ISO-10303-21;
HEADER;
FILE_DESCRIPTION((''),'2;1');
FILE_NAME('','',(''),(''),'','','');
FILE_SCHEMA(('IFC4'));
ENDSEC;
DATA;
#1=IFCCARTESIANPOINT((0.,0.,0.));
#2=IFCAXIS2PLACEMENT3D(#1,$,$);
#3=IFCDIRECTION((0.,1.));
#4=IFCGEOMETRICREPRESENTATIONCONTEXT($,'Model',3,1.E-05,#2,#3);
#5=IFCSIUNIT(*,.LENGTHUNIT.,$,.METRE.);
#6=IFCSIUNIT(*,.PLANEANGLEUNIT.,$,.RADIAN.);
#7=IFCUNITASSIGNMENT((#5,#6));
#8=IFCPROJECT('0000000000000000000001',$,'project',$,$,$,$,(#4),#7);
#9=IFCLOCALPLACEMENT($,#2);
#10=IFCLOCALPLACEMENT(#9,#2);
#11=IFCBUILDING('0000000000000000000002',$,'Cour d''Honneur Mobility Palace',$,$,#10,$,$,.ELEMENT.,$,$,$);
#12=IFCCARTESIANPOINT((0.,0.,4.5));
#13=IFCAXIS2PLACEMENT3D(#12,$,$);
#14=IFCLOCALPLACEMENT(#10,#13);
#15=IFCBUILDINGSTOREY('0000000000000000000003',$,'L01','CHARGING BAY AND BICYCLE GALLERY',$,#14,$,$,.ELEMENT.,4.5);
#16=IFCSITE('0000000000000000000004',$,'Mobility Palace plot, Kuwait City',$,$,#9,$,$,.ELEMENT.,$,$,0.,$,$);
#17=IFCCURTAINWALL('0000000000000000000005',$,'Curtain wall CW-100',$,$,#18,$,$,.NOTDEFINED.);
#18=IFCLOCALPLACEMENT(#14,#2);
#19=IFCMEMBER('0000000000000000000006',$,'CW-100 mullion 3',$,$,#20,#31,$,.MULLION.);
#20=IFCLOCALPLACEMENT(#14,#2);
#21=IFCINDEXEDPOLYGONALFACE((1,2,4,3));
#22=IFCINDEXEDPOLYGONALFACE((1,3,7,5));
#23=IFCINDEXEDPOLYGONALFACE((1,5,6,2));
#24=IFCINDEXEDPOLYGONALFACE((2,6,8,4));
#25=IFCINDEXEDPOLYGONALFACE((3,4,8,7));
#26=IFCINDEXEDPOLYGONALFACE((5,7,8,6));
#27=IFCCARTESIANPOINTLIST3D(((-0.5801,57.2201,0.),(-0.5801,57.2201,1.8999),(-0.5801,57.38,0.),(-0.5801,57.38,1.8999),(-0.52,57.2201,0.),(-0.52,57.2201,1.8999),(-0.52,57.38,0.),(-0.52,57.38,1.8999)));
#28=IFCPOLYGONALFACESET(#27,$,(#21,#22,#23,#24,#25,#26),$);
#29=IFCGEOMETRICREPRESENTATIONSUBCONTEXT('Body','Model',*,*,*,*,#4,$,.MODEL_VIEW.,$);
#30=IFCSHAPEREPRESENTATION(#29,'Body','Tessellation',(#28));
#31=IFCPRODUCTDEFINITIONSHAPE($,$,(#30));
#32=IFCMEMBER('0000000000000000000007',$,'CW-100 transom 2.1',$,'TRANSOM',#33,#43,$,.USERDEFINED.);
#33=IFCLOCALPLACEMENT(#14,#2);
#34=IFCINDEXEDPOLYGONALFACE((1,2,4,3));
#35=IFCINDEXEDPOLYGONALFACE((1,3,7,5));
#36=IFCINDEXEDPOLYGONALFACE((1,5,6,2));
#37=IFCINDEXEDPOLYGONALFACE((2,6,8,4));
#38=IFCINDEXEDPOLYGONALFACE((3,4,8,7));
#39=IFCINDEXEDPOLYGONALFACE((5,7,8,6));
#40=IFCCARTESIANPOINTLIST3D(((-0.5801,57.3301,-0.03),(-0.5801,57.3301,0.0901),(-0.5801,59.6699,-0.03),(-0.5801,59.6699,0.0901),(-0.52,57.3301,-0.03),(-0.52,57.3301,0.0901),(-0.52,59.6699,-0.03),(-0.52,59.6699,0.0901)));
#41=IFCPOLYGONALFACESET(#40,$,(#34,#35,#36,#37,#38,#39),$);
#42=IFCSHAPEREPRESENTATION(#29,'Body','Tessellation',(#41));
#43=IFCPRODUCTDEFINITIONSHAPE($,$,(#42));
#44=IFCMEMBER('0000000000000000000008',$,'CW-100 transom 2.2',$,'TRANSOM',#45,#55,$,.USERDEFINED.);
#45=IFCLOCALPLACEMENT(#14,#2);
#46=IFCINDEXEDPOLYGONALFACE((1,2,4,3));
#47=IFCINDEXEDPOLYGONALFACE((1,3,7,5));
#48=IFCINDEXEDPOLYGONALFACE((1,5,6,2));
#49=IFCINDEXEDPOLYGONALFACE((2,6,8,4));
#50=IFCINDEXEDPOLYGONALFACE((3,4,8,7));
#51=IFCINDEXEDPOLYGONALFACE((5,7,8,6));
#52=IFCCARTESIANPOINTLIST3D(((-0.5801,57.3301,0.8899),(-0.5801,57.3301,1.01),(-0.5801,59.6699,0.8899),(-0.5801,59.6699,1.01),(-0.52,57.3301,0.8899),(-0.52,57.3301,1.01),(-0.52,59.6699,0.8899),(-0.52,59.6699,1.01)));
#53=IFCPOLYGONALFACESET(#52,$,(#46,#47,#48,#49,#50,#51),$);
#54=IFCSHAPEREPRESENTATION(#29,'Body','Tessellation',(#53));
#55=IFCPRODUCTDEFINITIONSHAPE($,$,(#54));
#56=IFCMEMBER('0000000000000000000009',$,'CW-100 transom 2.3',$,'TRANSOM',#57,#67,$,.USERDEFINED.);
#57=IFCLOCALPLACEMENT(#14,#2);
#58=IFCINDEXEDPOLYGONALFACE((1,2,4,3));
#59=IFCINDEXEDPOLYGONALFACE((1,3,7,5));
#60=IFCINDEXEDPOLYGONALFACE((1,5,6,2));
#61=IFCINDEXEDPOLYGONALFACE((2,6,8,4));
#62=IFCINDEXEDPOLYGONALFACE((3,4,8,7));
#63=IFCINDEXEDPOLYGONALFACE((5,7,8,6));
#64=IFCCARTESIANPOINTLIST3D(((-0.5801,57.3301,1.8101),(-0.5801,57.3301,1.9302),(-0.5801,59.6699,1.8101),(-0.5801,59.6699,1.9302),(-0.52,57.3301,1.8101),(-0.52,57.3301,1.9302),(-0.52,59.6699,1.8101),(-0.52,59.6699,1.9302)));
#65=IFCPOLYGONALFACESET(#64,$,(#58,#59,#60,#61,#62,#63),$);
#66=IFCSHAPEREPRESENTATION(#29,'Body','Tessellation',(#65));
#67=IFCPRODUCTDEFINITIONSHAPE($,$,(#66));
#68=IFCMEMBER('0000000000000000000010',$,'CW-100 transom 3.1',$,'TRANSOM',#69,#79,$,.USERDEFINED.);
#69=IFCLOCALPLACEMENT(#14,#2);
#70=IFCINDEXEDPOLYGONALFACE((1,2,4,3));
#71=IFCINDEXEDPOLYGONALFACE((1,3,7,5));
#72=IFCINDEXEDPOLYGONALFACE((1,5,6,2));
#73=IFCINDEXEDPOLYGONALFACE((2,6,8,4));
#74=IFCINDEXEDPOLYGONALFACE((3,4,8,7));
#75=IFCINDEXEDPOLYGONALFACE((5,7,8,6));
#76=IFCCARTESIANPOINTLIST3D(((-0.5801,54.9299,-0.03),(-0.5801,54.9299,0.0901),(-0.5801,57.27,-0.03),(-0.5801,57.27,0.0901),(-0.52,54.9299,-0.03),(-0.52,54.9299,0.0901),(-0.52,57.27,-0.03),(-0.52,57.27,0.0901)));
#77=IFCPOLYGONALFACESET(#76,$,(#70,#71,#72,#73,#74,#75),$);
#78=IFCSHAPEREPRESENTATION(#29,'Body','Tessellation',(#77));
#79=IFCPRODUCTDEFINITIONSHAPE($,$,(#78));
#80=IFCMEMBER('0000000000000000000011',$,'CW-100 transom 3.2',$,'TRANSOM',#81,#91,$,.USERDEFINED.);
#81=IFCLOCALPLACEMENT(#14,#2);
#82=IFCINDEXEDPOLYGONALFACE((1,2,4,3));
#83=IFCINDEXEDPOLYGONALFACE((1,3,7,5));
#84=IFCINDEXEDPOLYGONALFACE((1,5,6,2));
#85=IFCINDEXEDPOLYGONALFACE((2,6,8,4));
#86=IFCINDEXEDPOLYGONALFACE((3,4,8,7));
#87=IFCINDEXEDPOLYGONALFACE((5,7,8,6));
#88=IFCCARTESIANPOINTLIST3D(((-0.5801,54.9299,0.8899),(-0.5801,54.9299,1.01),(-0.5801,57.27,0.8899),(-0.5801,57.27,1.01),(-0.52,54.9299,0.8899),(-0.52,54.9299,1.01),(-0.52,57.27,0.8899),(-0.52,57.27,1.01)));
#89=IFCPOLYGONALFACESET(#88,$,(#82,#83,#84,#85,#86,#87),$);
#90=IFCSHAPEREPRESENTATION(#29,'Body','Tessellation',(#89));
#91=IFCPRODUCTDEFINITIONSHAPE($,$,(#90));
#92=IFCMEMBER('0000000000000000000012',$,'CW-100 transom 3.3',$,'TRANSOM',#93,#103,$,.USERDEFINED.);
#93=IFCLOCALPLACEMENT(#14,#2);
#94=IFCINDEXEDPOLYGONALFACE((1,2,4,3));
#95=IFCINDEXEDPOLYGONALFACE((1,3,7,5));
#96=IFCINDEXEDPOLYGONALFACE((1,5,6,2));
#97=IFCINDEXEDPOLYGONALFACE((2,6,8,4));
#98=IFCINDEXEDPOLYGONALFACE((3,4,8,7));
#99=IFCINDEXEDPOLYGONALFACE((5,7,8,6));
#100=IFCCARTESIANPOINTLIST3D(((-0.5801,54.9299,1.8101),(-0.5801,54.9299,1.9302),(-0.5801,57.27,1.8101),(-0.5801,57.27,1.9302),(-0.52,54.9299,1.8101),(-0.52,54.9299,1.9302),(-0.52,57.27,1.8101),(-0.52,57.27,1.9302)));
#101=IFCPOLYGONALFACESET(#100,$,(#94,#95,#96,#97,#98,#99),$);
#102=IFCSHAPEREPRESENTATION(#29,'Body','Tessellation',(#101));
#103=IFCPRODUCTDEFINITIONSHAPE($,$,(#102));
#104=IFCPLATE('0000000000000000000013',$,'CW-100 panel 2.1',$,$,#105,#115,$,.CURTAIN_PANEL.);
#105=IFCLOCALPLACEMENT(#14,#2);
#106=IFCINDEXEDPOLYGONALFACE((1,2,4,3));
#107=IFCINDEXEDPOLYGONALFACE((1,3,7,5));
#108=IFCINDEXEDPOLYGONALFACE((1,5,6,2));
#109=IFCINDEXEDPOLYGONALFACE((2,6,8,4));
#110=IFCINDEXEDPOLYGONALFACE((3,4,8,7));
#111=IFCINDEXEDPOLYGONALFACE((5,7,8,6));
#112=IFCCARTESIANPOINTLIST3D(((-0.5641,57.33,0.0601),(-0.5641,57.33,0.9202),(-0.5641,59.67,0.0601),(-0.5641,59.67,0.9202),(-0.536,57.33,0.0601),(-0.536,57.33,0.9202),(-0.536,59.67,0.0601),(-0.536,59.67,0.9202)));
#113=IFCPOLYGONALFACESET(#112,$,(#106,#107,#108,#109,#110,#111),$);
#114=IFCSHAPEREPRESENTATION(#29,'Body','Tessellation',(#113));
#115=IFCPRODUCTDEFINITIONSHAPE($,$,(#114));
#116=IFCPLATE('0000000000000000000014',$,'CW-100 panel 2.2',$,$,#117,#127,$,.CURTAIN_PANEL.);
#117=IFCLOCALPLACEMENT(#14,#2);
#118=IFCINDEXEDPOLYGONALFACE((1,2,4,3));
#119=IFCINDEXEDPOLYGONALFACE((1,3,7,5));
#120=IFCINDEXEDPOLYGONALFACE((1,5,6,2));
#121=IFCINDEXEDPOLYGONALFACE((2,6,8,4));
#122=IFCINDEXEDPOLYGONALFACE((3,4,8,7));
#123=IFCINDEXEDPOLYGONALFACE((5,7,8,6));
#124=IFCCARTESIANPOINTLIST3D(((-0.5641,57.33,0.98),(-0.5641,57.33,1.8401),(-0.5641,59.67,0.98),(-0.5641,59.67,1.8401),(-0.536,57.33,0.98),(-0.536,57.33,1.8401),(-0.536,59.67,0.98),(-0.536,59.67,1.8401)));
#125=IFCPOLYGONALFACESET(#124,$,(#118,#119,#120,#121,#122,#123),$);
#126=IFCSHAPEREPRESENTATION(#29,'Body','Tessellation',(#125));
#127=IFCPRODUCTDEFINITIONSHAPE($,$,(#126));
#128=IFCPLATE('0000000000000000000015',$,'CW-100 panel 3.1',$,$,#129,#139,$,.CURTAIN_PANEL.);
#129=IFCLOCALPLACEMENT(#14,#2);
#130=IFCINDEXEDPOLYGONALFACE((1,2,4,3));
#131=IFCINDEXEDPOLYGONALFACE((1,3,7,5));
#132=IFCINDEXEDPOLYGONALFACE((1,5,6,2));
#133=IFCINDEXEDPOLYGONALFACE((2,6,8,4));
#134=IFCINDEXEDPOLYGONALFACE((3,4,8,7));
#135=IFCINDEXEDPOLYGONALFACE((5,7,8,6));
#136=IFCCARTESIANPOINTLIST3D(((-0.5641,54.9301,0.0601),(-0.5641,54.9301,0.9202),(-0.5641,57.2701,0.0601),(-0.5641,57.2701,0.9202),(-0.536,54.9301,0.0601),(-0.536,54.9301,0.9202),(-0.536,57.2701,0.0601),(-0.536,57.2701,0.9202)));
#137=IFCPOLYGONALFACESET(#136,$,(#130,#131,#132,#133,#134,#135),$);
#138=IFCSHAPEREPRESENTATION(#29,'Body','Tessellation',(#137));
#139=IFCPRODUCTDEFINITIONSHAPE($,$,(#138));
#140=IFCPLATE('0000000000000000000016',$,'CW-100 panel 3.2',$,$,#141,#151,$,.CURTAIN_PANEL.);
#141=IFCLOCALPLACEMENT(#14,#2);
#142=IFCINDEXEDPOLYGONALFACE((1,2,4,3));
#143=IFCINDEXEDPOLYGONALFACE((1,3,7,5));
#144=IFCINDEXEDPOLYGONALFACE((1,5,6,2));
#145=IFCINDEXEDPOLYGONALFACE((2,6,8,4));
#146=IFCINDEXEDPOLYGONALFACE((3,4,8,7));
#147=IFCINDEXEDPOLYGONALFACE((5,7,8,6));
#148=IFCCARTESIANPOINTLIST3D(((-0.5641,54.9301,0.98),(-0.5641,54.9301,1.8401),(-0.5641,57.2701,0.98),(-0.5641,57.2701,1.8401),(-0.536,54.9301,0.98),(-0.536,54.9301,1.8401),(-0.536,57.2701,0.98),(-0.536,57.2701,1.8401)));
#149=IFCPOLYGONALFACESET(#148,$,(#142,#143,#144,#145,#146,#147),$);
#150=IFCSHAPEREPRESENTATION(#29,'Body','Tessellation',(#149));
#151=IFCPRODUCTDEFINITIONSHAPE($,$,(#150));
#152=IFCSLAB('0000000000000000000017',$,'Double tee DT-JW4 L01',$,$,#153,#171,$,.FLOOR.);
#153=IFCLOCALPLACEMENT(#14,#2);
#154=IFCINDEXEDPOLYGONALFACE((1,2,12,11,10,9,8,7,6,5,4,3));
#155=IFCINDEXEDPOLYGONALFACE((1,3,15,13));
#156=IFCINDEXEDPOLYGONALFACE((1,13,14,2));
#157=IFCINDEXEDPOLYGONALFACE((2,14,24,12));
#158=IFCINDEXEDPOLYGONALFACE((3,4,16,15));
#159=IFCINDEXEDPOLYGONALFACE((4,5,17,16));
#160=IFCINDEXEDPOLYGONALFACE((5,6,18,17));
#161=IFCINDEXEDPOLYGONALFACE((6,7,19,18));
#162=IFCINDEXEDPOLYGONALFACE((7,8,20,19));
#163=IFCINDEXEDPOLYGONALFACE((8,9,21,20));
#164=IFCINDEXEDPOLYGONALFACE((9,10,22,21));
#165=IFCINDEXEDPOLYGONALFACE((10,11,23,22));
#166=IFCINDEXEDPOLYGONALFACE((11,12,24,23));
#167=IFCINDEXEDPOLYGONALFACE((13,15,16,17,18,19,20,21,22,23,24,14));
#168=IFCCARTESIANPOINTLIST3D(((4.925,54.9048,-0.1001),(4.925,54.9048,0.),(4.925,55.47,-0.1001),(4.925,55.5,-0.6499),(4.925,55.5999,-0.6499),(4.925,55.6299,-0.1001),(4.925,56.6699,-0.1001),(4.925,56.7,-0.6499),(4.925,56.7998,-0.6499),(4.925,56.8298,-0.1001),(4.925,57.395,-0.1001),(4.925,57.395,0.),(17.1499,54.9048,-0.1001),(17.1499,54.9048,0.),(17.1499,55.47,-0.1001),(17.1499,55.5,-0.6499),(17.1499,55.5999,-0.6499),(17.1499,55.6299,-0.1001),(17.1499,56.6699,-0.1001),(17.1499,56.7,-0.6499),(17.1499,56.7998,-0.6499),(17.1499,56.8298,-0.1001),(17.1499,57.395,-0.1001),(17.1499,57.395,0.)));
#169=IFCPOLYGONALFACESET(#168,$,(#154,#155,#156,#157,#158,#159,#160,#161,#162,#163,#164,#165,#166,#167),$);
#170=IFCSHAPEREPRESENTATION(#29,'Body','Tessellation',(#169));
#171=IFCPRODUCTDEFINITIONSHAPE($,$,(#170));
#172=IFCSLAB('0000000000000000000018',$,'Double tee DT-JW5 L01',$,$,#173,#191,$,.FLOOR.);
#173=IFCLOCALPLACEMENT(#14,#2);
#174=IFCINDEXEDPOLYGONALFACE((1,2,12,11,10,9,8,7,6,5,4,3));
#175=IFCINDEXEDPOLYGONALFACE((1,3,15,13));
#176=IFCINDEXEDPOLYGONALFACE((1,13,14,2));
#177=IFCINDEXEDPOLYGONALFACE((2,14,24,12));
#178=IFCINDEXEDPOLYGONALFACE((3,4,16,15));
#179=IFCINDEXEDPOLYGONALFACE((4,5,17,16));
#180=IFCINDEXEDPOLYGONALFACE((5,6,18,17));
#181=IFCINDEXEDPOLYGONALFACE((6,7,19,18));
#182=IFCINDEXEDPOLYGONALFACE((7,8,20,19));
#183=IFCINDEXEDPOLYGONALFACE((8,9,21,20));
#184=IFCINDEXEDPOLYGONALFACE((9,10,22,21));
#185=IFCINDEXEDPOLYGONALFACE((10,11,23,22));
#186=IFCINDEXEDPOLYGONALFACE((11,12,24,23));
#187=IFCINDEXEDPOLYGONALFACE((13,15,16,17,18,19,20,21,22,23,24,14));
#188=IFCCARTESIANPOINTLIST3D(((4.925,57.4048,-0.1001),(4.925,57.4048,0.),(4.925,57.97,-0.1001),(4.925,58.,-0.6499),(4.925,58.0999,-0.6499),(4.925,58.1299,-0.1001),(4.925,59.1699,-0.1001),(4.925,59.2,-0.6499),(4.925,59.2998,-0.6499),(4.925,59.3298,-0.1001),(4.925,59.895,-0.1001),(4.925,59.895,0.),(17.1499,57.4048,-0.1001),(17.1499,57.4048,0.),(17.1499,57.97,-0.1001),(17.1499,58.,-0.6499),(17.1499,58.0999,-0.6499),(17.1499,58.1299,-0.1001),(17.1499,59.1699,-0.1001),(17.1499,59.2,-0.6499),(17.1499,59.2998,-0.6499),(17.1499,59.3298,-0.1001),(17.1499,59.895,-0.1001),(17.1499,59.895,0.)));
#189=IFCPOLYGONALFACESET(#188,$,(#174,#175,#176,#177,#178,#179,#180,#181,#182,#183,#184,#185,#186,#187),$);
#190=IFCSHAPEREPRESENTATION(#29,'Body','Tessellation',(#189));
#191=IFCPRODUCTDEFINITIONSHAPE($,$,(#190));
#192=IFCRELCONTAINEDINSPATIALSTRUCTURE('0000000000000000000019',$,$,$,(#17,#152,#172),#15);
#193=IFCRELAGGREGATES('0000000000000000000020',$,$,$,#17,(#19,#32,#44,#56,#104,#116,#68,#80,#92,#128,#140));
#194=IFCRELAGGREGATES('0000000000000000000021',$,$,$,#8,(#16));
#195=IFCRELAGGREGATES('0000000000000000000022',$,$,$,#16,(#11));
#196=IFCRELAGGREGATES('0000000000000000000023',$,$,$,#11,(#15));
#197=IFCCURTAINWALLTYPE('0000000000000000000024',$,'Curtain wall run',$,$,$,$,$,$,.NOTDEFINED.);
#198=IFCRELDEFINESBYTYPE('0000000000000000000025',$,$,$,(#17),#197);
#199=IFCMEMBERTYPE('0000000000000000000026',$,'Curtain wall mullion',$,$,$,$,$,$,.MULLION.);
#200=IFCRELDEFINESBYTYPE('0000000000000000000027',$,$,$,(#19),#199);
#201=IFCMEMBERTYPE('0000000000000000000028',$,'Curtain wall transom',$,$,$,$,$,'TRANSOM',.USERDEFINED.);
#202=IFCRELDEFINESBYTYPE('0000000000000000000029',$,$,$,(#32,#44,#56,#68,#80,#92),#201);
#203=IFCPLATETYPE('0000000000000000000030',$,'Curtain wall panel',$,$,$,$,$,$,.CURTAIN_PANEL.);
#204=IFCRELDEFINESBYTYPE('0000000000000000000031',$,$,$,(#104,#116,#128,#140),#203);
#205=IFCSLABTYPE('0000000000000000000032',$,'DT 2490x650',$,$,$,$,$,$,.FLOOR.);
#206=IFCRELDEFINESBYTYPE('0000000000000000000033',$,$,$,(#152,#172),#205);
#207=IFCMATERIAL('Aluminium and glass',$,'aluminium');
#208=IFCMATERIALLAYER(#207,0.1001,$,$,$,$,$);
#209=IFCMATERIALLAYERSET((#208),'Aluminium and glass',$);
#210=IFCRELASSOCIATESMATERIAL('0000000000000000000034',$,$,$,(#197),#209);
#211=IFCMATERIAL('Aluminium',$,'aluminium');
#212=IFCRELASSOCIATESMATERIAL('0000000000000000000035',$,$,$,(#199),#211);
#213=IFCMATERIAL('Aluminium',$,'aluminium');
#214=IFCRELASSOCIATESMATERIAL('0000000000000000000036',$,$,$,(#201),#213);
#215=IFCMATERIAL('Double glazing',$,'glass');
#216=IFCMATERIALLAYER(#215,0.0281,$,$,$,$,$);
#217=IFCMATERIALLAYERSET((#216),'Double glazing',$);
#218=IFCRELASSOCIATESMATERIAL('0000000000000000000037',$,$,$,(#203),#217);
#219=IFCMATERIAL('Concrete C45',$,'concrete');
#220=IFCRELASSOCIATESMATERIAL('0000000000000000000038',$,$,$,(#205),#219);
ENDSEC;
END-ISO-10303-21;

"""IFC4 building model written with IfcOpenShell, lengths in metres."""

from ifc_helpers import new_model, si_unit, direction, frame, origin, origin_2d, place, context, subcontext, project, spatial, polyline, rectangle, outline, extrude, material, layer, layer_set, material_profile, profile_set, type_object, element, aggregate, save


model = new_model("IFC4")

# Units and contexts
model_context = context("Model", 3, precision=1e-05, world=origin(), true_north=direction((0.0, 1.0)))
body_context = subcontext(model_context, "Body", "Model", "MODEL_VIEW")
ifc_project = project(units=[si_unit("LENGTHUNIT", "METRE"), si_unit("PLANEANGLEUNIT", "RADIAN")], contexts=[model_context])

# Site, building, storey
site_placement = place(None, origin())
site = spatial("IfcSite", under=ifc_project, at=site_placement, Name="Mobility Palace plot, Kuwait City", CompositionType="ELEMENT", RefElevation=0.0)
building_placement = place(site_placement, origin())
building = spatial("IfcBuilding", under=site, at=building_placement, Name="Cour d'Honneur Mobility Palace", CompositionType="ELEMENT")
storey_placement = place(building_placement, frame((0.0, 0.0, 4.5)))
storey = spatial("IfcBuildingStorey", under=building, at=storey_placement, Name="L01", Description="CHARGING BAY AND BICYCLE GALLERY", CompositionType="ELEMENT", Elevation=4.5)

# Curtain wall, members, plates
ifc_material_1 = material(Name="Aluminium and glass", Category="aluminium")
ifc_layer_1 = layer(ifc_material_1, 0.1001)
ifc_layer_set_1 = layer_set([ifc_layer_1], Name="Aluminium and glass")
curtain_wall_type = type_object("IfcCurtainWallType", Name="Curtain wall run", PredefinedType="NOTDEFINED", material=ifc_layer_set_1)
curtain_wall_placement = place(storey_placement, origin())
curtain_wall = element("IfcCurtainWall", 1, at=curtain_wall_placement, inside=storey, type_object=curtain_wall_type, Name="Curtain wall CW-100", PredefinedType="NOTDEFINED")
ifc_material_2 = material(Name="Aluminium", Category="aluminium")
ifc_material_profile_1 = material_profile(ifc_material_2, rectangle(XDim=0.0601, YDim=0.1599, at=origin_2d()), Name="Curtain wall mullion")
ifc_profile_set_1 = profile_set([ifc_material_profile_1], Name="Aluminium")
member_type_1 = type_object("IfcMemberType", Name="Curtain wall mullion", PredefinedType="MULLION", material=ifc_profile_set_1)
member_1_placement = place(storey_placement, frame((-0.55, 57.3, 0.0), z_axis=(0.0, 0.0, 1.0), x_axis=(1.0, 0.0, 0.0)))
member_1 = element("IfcMember", 2, at=member_1_placement, type_object=member_type_1, Name="CW-100 mullion 3", PredefinedType="MULLION", context=body_context, shape_type="SweptSolid", body=[
    extrude(rectangle(XDim=0.0601, YDim=0.1599, at=origin_2d()), origin(), (0.0, 0.0, 1.0), 1.8999),
])
ifc_material_3 = material(Name="Aluminium", Category="aluminium")
ifc_material_profile_2 = material_profile(ifc_material_3, rectangle(XDim=0.0601, YDim=0.1201, at=origin_2d()), Name="Curtain wall transom")
ifc_profile_set_2 = profile_set([ifc_material_profile_2], Name="Aluminium")
member_type_2 = type_object("IfcMemberType", Name="Curtain wall transom", ElementType="TRANSOM", PredefinedType="USERDEFINED", material=ifc_profile_set_2)
member_2_placement = place(storey_placement, frame((-0.55, 59.6699, 0.03), z_axis=(0.0, -1.0, 0.0), x_axis=(1.0, 0.0, 0.0)))
member_2 = element("IfcMember", 3, at=member_2_placement, type_object=member_type_2, Name="CW-100 transom 2.1", ObjectType="TRANSOM", PredefinedType="USERDEFINED", context=body_context, shape_type="SweptSolid", body=[
    extrude(rectangle(XDim=0.0601, YDim=0.1201, at=origin_2d()), origin(), (0.0, 0.0, 1.0), 2.3398),
])
member_3_placement = place(storey_placement, frame((-0.55, 59.6699, 0.95), z_axis=(0.0, -1.0, 0.0), x_axis=(1.0, 0.0, 0.0)))
member_3 = element("IfcMember", 4, at=member_3_placement, type_object=member_type_2, Name="CW-100 transom 2.2", ObjectType="TRANSOM", PredefinedType="USERDEFINED", context=body_context, shape_type="SweptSolid", body=[
    extrude(rectangle(XDim=0.0601, YDim=0.1201, at=origin_2d()), origin(), (0.0, 0.0, 1.0), 2.3398),
])
member_4_placement = place(storey_placement, frame((-0.55, 59.6699, 1.8701), z_axis=(0.0, -1.0, 0.0), x_axis=(1.0, 0.0, 0.0)))
member_4 = element("IfcMember", 5, at=member_4_placement, type_object=member_type_2, Name="CW-100 transom 2.3", ObjectType="TRANSOM", PredefinedType="USERDEFINED", context=body_context, shape_type="SweptSolid", body=[
    extrude(rectangle(XDim=0.0601, YDim=0.1201, at=origin_2d()), origin(), (0.0, 0.0, 1.0), 2.3398),
])
member_5_placement = place(storey_placement, frame((-0.55, 57.27, 0.03), z_axis=(0.0, -1.0, 0.0), x_axis=(1.0, 0.0, 0.0)))
member_5 = element("IfcMember", 6, at=member_5_placement, type_object=member_type_2, Name="CW-100 transom 3.1", ObjectType="TRANSOM", PredefinedType="USERDEFINED", context=body_context, shape_type="SweptSolid", body=[
    extrude(rectangle(XDim=0.0601, YDim=0.1201, at=origin_2d()), origin(), (0.0, 0.0, 1.0), 2.3401),
])
member_6_placement = place(storey_placement, frame((-0.55, 57.27, 0.95), z_axis=(0.0, -1.0, 0.0), x_axis=(1.0, 0.0, 0.0)))
member_6 = element("IfcMember", 7, at=member_6_placement, type_object=member_type_2, Name="CW-100 transom 3.2", ObjectType="TRANSOM", PredefinedType="USERDEFINED", context=body_context, shape_type="SweptSolid", body=[
    extrude(rectangle(XDim=0.0601, YDim=0.1201, at=origin_2d()), origin(), (0.0, 0.0, 1.0), 2.3401),
])
member_7_placement = place(storey_placement, frame((-0.55, 57.27, 1.8701), z_axis=(0.0, -1.0, 0.0), x_axis=(1.0, 0.0, 0.0)))
member_7 = element("IfcMember", 8, at=member_7_placement, type_object=member_type_2, Name="CW-100 transom 3.3", ObjectType="TRANSOM", PredefinedType="USERDEFINED", context=body_context, shape_type="SweptSolid", body=[
    extrude(rectangle(XDim=0.0601, YDim=0.1201, at=origin_2d()), origin(), (0.0, 0.0, 1.0), 2.3401),
])
ifc_material_4 = material(Name="Double glazing", Category="glass")
ifc_layer_2 = layer(ifc_material_4, 0.0281)
ifc_layer_set_2 = layer_set([ifc_layer_2], Name="Double glazing")
plate_type = type_object("IfcPlateType", Name="Curtain wall panel", PredefinedType="CURTAIN_PANEL", material=ifc_layer_set_2)
plate_1_placement = place(storey_placement, frame((-0.55, 58.5, 0.0601), z_axis=(0.0, 0.0, 1.0), x_axis=(0.0, -1.0, 0.0)))
plate_1 = element("IfcPlate", 9, at=plate_1_placement, type_object=plate_type, Name="CW-100 panel 2.1", PredefinedType="CURTAIN_PANEL", context=body_context, shape_type="SweptSolid", body=[
    extrude(rectangle(XDim=2.3401, YDim=0.0281, at=origin_2d()), origin(), (0.0, 0.0, 1.0), 0.8601),
])
plate_2_placement = place(storey_placement, frame((-0.55, 58.5, 0.98), z_axis=(0.0, 0.0, 1.0), x_axis=(0.0, -1.0, 0.0)))
plate_2 = element("IfcPlate", 10, at=plate_2_placement, type_object=plate_type, Name="CW-100 panel 2.2", PredefinedType="CURTAIN_PANEL", context=body_context, shape_type="SweptSolid", body=[
    extrude(rectangle(XDim=2.3401, YDim=0.0281, at=origin_2d()), origin(), (0.0, 0.0, 1.0), 0.8601),
])
plate_3_placement = place(storey_placement, frame((-0.55, 56.1001, 0.0601), z_axis=(0.0, 0.0, 1.0), x_axis=(0.0, -1.0, 0.0)))
plate_3 = element("IfcPlate", 11, at=plate_3_placement, type_object=plate_type, Name="CW-100 panel 3.1", PredefinedType="CURTAIN_PANEL", context=body_context, shape_type="SweptSolid", body=[
    extrude(rectangle(XDim=2.3401, YDim=0.0281, at=origin_2d()), origin(), (0.0, 0.0, 1.0), 0.8601),
])
plate_4_placement = place(storey_placement, frame((-0.55, 56.1001, 0.98), z_axis=(0.0, 0.0, 1.0), x_axis=(0.0, -1.0, 0.0)))
plate_4 = element("IfcPlate", 12, at=plate_4_placement, type_object=plate_type, Name="CW-100 panel 3.2", PredefinedType="CURTAIN_PANEL", context=body_context, shape_type="SweptSolid", body=[
    extrude(rectangle(XDim=2.3401, YDim=0.0281, at=origin_2d()), origin(), (0.0, 0.0, 1.0), 0.8601),
])
aggregate(curtain_wall, [member_1, member_2, member_3, member_4, plate_1, plate_2, member_5, member_6, member_7, plate_3, plate_4])

# Slabs
ifc_material_5 = material(Name="Concrete C45", Category="concrete")
ifc_material_profile_3 = material_profile(ifc_material_5, outline(polyline([(-1.2451, 0.0), (1.2451, 0.0), (1.2451, -0.1001), (0.6799, -0.1001), (0.6499, -0.6499), (0.55, -0.6499), (0.52, -0.1001), (-0.52, -0.1001), (-0.55, -0.6499), (-0.6499, -0.6499), (-0.6799, -0.1001), (-1.2451, -0.1001), (-1.2451, 0.0)])), Name="DT 2490x650")
ifc_profile_set_3 = profile_set([ifc_material_profile_3], Name="Concrete C45")
slab_type = type_object("IfcSlabType", Name="DT 2490x650", PredefinedType="FLOOR", material=ifc_profile_set_3)
for number, where, z_axis, x_axis, name in (
    (13, (4.925, 56.1499, 0.0), (1.0, 0.0, 0.0), (0.0, 1.0, 0.0), "Double tee DT-JW4 L01"),
    (14, (4.925, 58.6499, 0.0), (1.0, 0.0, 0.0), (0.0, 1.0, 0.0), "Double tee DT-JW5 L01"),
):
    element("IfcSlab", number, at=place(storey_placement, frame(where, z_axis=z_axis, x_axis=x_axis)), inside=storey, type_object=slab_type, Name=name, PredefinedType="FLOOR", context=body_context, shape_type="SweptSolid", body=[
        extrude(outline(polyline([(-1.2451, 0.0), (1.2451, 0.0), (1.2451, -0.1001), (0.6799, -0.1001), (0.6499, -0.6499), (0.55, -0.6499), (0.52, -0.1001), (-0.52, -0.1001), (-0.55, -0.6499), (-0.6499, -0.6499), (-0.6799, -0.1001), (-1.2451, -0.1001), (-1.2451, 0.0)])), origin(), (0.0, 0.0, 1.0), 12.2249),
    ])

save(model, "model.ifc")
